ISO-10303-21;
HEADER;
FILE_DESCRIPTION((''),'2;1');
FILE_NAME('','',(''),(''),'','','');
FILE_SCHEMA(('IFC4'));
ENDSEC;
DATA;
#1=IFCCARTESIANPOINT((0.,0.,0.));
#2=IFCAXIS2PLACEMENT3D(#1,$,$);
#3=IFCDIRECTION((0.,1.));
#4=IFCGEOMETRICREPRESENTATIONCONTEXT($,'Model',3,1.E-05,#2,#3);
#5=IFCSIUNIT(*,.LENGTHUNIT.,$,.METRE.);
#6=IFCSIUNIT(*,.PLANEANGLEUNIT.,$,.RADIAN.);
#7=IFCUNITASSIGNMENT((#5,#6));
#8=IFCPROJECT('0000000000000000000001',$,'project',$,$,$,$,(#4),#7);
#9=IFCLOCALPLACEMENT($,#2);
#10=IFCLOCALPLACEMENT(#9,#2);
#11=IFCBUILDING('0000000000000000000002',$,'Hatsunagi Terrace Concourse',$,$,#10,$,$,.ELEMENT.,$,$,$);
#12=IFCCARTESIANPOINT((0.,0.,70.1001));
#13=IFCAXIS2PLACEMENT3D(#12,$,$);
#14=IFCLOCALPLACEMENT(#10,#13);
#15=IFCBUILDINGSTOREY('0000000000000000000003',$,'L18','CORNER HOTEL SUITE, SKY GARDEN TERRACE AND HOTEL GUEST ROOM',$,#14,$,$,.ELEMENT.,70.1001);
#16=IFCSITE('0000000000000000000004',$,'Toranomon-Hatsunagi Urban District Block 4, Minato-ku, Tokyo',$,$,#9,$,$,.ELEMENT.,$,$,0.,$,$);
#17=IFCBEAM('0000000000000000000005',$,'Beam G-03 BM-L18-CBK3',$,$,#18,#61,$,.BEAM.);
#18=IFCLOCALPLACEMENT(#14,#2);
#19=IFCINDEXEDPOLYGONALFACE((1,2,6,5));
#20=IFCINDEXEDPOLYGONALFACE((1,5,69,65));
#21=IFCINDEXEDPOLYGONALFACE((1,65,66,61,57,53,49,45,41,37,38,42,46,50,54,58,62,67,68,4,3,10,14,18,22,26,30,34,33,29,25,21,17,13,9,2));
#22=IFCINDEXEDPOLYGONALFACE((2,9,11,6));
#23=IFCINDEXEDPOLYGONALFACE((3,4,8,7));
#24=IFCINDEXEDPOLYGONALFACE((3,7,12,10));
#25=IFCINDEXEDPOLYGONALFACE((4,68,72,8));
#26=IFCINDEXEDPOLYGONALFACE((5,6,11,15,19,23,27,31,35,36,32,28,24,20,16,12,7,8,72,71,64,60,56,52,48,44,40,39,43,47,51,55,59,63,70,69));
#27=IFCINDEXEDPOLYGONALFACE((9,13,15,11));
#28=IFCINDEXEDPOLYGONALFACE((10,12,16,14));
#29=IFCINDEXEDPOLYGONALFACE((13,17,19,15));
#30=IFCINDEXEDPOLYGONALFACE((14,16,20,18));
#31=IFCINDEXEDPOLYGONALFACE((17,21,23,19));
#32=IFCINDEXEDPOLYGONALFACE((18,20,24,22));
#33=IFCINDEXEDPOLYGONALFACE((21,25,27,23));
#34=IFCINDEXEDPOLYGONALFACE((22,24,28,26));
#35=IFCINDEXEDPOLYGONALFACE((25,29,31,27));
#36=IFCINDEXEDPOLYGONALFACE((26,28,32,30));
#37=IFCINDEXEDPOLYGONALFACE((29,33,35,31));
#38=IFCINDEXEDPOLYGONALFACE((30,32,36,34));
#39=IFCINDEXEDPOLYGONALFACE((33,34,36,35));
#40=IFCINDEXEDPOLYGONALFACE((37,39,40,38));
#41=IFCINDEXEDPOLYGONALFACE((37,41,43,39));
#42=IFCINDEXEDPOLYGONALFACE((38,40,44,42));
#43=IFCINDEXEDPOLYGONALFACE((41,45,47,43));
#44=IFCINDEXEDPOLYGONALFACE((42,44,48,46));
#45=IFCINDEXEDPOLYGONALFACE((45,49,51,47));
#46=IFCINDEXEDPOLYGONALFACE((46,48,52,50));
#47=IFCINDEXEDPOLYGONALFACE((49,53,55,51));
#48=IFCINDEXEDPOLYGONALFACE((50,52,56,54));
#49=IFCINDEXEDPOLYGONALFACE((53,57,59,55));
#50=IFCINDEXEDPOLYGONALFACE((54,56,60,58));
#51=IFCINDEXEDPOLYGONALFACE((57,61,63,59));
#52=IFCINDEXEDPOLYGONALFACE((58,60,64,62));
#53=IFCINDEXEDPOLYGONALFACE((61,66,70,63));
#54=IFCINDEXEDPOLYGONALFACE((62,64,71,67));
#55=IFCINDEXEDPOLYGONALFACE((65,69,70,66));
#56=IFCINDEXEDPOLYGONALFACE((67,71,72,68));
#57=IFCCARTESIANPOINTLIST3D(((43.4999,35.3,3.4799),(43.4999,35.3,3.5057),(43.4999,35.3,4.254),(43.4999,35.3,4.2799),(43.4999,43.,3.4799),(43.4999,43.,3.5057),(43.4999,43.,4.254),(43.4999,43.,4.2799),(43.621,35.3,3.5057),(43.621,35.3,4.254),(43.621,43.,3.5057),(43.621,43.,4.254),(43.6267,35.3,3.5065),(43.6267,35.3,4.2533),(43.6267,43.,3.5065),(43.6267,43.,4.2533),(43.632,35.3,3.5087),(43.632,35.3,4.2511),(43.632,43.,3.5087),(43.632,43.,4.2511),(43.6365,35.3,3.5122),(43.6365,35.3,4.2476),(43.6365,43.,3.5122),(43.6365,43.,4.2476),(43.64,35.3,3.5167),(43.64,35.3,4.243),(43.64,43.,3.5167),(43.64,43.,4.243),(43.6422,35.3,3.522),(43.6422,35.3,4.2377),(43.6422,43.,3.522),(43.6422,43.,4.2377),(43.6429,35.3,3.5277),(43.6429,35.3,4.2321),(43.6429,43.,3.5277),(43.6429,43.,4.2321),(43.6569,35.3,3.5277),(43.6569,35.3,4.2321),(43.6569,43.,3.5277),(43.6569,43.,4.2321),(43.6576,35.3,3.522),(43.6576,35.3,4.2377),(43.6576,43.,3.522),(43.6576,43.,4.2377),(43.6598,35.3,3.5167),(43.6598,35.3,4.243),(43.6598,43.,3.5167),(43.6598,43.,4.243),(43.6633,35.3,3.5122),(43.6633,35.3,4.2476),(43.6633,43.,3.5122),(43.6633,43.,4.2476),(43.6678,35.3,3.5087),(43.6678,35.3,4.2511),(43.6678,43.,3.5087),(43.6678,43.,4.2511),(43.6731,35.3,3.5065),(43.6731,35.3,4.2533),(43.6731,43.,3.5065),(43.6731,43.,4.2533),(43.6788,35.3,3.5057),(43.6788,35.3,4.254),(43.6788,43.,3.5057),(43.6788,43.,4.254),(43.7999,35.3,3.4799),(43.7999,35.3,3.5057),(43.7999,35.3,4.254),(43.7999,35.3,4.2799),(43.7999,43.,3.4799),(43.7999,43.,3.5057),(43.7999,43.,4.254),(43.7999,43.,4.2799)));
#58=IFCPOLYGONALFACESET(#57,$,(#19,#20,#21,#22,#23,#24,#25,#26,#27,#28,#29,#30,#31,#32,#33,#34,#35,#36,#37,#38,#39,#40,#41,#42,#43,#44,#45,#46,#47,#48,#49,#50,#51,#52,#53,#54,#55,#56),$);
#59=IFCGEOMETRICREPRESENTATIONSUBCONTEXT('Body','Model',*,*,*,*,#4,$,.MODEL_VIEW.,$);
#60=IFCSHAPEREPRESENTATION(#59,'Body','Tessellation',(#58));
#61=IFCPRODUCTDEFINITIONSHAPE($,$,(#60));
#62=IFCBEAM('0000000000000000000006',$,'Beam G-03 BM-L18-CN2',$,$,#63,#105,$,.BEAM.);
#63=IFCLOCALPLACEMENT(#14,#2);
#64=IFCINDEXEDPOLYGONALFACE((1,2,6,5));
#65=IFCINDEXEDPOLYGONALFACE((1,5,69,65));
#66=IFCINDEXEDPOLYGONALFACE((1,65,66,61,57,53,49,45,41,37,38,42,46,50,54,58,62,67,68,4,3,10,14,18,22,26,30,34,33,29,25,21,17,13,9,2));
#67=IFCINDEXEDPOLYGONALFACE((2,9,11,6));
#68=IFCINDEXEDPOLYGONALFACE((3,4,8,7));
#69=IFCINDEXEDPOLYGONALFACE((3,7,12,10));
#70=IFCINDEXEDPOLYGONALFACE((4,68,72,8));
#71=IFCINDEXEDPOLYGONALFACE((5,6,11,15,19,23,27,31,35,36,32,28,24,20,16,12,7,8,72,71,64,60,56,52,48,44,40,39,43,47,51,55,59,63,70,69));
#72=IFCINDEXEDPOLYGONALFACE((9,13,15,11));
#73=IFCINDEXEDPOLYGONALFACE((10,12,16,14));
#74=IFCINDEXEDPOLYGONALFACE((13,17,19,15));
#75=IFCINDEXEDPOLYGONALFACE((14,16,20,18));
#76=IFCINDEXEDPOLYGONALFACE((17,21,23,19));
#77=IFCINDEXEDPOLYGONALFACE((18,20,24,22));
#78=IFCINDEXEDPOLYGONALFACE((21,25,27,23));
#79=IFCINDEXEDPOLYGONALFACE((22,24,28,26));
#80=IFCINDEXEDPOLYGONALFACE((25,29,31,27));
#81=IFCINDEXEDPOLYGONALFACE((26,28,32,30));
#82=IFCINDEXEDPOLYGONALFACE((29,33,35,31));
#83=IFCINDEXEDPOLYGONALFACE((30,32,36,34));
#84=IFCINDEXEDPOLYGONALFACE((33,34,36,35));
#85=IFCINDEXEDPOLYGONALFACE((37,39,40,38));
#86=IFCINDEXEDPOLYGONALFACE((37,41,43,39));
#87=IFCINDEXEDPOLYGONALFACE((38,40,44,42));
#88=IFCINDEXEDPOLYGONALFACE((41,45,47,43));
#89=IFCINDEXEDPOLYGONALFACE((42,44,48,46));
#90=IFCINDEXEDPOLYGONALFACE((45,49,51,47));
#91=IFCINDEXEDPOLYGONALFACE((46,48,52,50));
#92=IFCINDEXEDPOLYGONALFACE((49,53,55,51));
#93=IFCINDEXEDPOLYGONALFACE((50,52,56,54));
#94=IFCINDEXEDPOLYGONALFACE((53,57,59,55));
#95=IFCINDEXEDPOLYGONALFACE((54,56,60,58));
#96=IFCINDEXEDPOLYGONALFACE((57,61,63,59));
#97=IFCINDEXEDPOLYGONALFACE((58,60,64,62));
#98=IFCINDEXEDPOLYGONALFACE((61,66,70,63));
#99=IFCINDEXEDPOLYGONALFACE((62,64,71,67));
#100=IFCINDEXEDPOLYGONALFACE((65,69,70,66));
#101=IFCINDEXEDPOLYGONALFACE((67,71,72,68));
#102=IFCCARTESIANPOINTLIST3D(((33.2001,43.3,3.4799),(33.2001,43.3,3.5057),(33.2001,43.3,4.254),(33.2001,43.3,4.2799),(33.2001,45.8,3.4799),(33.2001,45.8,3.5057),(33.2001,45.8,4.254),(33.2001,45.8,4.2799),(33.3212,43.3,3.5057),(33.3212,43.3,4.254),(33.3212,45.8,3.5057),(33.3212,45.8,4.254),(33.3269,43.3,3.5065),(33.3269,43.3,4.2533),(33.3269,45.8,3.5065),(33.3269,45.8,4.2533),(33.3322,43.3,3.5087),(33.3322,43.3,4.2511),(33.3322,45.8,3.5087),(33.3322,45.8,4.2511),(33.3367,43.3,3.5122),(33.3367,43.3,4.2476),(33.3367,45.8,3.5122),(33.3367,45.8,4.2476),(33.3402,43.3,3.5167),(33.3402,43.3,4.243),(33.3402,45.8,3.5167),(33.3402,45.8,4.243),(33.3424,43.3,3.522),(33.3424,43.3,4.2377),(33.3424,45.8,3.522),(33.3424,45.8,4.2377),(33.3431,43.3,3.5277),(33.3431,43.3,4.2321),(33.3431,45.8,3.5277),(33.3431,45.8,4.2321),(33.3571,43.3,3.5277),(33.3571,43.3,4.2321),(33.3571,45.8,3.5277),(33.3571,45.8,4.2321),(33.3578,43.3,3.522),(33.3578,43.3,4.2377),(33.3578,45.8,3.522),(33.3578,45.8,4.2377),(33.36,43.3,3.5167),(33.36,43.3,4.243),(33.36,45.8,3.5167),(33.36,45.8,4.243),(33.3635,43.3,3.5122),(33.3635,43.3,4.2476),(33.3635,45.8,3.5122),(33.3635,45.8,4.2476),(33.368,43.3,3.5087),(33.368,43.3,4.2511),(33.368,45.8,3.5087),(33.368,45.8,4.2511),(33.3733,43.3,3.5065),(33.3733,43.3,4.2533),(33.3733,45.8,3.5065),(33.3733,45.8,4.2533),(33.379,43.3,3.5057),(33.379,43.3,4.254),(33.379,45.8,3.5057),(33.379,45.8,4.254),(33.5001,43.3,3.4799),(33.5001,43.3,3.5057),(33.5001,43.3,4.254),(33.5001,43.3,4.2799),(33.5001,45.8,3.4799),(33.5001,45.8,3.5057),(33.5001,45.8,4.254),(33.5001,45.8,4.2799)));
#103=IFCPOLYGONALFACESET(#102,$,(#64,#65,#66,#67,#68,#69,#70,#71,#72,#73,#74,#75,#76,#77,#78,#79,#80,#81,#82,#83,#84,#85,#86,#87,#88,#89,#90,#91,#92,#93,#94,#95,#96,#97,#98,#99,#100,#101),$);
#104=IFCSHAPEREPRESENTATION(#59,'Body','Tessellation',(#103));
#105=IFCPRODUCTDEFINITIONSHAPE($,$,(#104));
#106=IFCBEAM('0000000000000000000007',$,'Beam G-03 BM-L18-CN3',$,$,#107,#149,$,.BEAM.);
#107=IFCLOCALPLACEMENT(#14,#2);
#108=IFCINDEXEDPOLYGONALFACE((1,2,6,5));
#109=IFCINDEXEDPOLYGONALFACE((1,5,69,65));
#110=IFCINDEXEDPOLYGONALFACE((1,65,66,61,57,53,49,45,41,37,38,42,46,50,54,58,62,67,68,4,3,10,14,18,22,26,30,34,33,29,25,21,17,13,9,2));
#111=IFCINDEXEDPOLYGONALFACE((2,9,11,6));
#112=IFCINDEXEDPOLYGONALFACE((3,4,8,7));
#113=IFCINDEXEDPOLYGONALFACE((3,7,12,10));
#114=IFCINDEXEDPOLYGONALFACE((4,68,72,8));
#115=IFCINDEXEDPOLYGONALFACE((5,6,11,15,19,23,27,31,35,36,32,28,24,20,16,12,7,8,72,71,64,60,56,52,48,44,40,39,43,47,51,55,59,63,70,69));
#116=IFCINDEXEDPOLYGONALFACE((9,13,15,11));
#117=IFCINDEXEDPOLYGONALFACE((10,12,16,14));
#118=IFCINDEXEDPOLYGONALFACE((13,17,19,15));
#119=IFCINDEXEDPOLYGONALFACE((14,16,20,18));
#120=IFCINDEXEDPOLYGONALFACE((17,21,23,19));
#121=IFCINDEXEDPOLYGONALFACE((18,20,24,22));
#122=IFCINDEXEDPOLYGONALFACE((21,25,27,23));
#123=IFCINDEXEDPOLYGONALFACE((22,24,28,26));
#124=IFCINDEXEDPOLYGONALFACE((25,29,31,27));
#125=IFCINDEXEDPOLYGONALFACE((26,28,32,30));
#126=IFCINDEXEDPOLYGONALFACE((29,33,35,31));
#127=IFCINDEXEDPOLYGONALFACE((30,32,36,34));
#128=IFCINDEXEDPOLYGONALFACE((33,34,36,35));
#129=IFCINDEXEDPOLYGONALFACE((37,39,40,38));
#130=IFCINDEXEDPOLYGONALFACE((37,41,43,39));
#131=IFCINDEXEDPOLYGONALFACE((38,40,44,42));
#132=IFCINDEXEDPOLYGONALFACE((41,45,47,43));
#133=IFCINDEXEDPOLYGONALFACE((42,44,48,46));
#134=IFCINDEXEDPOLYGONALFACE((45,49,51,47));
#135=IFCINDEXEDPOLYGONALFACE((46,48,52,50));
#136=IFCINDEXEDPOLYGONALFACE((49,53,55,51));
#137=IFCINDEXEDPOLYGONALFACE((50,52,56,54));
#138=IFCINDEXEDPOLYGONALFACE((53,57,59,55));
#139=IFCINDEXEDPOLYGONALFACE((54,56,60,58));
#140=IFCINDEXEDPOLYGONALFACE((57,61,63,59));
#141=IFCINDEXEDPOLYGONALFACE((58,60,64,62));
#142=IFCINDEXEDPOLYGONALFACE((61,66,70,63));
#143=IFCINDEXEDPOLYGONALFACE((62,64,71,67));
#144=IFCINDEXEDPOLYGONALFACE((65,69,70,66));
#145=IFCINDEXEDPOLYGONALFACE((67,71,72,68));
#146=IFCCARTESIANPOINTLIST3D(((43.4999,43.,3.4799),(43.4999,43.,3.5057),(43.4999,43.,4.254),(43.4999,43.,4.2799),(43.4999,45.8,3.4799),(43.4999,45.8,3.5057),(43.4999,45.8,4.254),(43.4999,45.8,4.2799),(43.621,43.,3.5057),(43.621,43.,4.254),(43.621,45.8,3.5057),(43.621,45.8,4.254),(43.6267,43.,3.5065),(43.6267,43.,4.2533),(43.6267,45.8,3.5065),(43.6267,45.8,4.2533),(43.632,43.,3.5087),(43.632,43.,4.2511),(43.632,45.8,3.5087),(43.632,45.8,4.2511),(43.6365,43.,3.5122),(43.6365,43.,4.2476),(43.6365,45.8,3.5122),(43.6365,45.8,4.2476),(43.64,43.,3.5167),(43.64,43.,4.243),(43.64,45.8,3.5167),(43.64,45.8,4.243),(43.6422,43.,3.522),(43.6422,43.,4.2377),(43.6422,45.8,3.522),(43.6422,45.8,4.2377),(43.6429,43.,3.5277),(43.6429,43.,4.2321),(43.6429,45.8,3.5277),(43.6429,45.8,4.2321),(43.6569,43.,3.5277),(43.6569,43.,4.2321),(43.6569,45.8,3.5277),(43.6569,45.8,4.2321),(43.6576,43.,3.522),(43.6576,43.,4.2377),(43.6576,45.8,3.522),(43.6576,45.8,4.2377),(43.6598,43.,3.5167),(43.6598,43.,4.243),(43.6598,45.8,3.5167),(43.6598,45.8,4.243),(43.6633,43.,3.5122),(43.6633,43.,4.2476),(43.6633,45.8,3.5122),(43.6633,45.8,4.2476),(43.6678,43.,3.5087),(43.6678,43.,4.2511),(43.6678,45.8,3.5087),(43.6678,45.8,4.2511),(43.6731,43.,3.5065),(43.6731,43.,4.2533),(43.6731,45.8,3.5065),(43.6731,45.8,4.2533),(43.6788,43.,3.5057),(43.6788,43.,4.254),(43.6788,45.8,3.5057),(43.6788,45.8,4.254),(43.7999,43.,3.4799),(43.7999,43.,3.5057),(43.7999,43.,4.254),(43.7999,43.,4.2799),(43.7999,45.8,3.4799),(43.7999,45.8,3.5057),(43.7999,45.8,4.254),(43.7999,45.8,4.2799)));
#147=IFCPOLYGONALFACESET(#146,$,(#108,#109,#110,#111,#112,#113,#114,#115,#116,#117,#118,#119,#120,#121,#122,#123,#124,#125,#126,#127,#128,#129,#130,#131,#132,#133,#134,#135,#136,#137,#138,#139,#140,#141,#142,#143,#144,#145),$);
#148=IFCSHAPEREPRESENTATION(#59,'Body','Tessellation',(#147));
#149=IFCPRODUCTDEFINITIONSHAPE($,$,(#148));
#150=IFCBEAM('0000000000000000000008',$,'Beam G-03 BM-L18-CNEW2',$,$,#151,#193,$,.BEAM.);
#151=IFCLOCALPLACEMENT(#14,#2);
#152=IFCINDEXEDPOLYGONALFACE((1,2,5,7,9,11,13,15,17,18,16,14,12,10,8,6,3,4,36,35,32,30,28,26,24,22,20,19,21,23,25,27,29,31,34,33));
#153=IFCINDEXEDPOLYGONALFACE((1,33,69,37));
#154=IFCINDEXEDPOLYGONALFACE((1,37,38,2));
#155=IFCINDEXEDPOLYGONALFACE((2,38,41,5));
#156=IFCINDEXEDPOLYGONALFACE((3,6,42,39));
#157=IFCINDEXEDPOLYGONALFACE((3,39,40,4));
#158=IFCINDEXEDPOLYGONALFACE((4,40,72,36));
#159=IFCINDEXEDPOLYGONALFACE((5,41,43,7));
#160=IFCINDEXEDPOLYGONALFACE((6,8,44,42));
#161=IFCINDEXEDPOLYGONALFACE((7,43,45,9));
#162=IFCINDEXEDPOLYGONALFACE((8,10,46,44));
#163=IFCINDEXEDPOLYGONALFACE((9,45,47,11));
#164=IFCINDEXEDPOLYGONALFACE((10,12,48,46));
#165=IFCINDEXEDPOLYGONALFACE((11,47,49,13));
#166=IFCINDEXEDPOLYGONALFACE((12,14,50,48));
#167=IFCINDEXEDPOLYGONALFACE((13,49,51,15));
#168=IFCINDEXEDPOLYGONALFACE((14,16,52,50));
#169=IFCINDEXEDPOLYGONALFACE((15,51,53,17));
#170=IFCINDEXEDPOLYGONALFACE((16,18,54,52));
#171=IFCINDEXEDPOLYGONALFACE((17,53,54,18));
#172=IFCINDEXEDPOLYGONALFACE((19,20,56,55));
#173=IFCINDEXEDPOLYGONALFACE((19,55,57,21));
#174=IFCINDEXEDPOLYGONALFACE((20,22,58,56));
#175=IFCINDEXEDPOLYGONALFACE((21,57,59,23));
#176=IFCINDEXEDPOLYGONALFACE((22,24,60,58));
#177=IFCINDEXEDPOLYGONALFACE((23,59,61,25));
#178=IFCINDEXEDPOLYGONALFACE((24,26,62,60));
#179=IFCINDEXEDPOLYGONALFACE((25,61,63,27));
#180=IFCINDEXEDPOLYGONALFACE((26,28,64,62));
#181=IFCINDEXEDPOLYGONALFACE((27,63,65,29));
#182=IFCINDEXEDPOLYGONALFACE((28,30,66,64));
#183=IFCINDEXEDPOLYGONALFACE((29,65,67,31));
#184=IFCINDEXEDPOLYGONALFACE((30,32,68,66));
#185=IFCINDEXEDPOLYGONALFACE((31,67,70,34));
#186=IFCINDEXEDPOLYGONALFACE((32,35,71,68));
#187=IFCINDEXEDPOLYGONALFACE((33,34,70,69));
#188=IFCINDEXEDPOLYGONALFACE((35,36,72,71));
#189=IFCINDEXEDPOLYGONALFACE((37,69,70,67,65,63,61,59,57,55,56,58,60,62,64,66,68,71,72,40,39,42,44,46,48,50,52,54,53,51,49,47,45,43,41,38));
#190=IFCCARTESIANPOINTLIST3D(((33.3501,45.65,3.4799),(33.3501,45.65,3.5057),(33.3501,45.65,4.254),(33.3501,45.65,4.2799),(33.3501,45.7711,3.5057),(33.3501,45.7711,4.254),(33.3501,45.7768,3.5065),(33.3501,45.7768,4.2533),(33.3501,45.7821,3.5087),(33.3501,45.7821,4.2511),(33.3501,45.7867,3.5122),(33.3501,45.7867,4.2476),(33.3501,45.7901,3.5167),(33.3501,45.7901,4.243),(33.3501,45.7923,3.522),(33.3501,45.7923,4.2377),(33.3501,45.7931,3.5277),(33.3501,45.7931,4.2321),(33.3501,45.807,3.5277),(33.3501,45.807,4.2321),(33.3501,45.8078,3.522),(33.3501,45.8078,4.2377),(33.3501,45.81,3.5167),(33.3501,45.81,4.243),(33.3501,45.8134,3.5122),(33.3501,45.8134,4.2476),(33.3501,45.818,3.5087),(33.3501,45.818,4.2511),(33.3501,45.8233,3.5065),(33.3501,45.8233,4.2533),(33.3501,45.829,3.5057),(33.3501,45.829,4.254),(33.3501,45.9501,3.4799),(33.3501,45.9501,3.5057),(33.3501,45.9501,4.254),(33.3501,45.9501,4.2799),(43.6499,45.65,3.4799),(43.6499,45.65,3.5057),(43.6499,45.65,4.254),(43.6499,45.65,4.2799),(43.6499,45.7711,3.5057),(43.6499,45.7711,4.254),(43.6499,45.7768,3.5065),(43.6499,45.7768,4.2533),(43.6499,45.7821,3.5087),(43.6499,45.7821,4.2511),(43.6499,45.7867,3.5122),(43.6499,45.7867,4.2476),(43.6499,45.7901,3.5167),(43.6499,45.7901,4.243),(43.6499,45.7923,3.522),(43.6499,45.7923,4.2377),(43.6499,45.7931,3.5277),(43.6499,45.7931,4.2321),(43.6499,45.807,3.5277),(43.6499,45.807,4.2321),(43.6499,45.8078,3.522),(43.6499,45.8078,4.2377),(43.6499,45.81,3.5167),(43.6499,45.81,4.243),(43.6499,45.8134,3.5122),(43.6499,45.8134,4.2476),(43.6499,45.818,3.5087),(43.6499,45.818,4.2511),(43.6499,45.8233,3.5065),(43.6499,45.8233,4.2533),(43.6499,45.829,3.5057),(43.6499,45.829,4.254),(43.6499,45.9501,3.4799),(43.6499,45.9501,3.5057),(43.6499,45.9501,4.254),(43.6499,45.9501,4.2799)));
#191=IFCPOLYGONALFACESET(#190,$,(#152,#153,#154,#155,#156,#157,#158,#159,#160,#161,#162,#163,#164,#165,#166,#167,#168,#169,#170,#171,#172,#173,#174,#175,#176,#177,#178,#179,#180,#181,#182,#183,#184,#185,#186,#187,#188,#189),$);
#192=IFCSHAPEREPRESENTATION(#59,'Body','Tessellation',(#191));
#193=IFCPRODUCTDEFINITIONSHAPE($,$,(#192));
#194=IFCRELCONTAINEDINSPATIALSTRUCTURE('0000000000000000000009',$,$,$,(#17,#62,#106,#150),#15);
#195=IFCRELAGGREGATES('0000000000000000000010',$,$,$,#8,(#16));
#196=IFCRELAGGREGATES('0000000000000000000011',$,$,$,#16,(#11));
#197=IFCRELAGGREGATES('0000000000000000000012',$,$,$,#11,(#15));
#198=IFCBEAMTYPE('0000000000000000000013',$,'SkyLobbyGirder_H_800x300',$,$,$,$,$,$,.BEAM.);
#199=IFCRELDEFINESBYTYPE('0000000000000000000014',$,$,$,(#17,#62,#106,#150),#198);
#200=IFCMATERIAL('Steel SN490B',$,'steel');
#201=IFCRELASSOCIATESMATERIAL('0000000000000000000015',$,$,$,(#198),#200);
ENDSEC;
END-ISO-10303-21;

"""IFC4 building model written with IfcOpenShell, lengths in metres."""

from ifc_helpers import new_model, si_unit, direction, frame, origin, origin_2d, place, context, subcontext, project, spatial, i_section, extrude, material, material_profile, profile_set, type_object, element, save


model = new_model("IFC4")

# Units and contexts
model_context = context("Model", 3, precision=1e-05, world=origin(), true_north=direction((0.0, 1.0)))
body_context = subcontext(model_context, "Body", "Model", "MODEL_VIEW")
ifc_project = project(units=[si_unit("LENGTHUNIT", "METRE"), si_unit("PLANEANGLEUNIT", "RADIAN")], contexts=[model_context])

# Site, building, storey
site_placement = place(None, origin())
site = spatial("IfcSite", under=ifc_project, at=site_placement, Name="Toranomon-Hatsunagi Urban District Block 4, Minato-ku, Tokyo", CompositionType="ELEMENT", RefElevation=0.0)
building_placement = place(site_placement, origin())
building = spatial("IfcBuilding", under=site, at=building_placement, Name="Hatsunagi Terrace Concourse", CompositionType="ELEMENT")
storey_placement = place(building_placement, frame((0.0, 0.0, 70.1001)))
storey = spatial("IfcBuildingStorey", under=building, at=storey_placement, Name="L18", Description="CORNER HOTEL SUITE, SKY GARDEN TERRACE AND HOTEL GUEST ROOM", CompositionType="ELEMENT", Elevation=70.1001)

# Beams
ifc_material_1 = material(Name="Steel SN490B", Category="steel")
ifc_material_profile_1 = material_profile(ifc_material_1, i_section(OverallWidth=0.3, OverallDepth=0.8, WebThickness=0.0139, FlangeThickness=0.0259, FilletRadius=0.022, at=origin_2d()), Name="H-800x300x14x26")
ifc_profile_set_1 = profile_set([ifc_material_profile_1], Name="Steel SN490B")
beam_type_1 = type_object("IfcBeamType", Name="SkyLobbyGirder_H_800x300", PredefinedType="BEAM", material=ifc_profile_set_1)
beam_1_placement = place(storey_placement, frame((43.6499, 35.3, 3.8799), z_axis=(0.0, 1.0, 0.0), x_axis=(-1.0, 0.0, 0.0)))
element("IfcBeam", 1, at=beam_1_placement, inside=storey, type_object=beam_type_1, Name="Beam G-03 BM-L18-CBK3", PredefinedType="BEAM", context=body_context, shape_type="SweptSolid", body=[
    extrude(i_section(OverallWidth=0.3, OverallDepth=0.8, WebThickness=0.0139, FlangeThickness=0.0259, FilletRadius=0.022, at=origin_2d()), origin(), (0.0, 0.0, 1.0), 7.7),
])
beam_2_placement = place(storey_placement, frame((33.3501, 43.3, 3.8799), z_axis=(0.0, 1.0, 0.0), x_axis=(-1.0, 0.0, 0.0)))
element("IfcBeam", 2, at=beam_2_placement, inside=storey, type_object=beam_type_1, Name="Beam G-03 BM-L18-CN2", PredefinedType="BEAM", context=body_context, shape_type="SweptSolid", body=[
    extrude(i_section(OverallWidth=0.3, OverallDepth=0.8, WebThickness=0.0139, FlangeThickness=0.0259, FilletRadius=0.022, at=origin_2d()), origin(), (0.0, 0.0, 1.0), 2.5),
])
beam_3_placement = place(storey_placement, frame((43.6499, 43.0, 3.8799), z_axis=(0.0, 1.0, 0.0), x_axis=(-1.0, 0.0, 0.0)))
element("IfcBeam", 3, at=beam_3_placement, inside=storey, type_object=beam_type_1, Name="Beam G-03 BM-L18-CN3", PredefinedType="BEAM", context=body_context, shape_type="SweptSolid", body=[
    extrude(i_section(OverallWidth=0.3, OverallDepth=0.8, WebThickness=0.0139, FlangeThickness=0.0259, FilletRadius=0.022, at=origin_2d()), origin(), (0.0, 0.0, 1.0), 2.8),
])
beam_4_placement = place(storey_placement, frame((33.3501, 45.8, 3.8799), z_axis=(1.0, 0.0, 0.0), x_axis=(0.0, 1.0, 0.0)))
element("IfcBeam", 4, at=beam_4_placement, inside=storey, type_object=beam_type_1, Name="Beam G-03 BM-L18-CNEW2", PredefinedType="BEAM", context=body_context, shape_type="SweptSolid", body=[
    extrude(i_section(OverallWidth=0.3, OverallDepth=0.8, WebThickness=0.0139, FlangeThickness=0.0259, FilletRadius=0.022, at=origin_2d()), origin(), (0.0, 0.0, 1.0), 10.2998),
])

save(model, "model.ifc")
